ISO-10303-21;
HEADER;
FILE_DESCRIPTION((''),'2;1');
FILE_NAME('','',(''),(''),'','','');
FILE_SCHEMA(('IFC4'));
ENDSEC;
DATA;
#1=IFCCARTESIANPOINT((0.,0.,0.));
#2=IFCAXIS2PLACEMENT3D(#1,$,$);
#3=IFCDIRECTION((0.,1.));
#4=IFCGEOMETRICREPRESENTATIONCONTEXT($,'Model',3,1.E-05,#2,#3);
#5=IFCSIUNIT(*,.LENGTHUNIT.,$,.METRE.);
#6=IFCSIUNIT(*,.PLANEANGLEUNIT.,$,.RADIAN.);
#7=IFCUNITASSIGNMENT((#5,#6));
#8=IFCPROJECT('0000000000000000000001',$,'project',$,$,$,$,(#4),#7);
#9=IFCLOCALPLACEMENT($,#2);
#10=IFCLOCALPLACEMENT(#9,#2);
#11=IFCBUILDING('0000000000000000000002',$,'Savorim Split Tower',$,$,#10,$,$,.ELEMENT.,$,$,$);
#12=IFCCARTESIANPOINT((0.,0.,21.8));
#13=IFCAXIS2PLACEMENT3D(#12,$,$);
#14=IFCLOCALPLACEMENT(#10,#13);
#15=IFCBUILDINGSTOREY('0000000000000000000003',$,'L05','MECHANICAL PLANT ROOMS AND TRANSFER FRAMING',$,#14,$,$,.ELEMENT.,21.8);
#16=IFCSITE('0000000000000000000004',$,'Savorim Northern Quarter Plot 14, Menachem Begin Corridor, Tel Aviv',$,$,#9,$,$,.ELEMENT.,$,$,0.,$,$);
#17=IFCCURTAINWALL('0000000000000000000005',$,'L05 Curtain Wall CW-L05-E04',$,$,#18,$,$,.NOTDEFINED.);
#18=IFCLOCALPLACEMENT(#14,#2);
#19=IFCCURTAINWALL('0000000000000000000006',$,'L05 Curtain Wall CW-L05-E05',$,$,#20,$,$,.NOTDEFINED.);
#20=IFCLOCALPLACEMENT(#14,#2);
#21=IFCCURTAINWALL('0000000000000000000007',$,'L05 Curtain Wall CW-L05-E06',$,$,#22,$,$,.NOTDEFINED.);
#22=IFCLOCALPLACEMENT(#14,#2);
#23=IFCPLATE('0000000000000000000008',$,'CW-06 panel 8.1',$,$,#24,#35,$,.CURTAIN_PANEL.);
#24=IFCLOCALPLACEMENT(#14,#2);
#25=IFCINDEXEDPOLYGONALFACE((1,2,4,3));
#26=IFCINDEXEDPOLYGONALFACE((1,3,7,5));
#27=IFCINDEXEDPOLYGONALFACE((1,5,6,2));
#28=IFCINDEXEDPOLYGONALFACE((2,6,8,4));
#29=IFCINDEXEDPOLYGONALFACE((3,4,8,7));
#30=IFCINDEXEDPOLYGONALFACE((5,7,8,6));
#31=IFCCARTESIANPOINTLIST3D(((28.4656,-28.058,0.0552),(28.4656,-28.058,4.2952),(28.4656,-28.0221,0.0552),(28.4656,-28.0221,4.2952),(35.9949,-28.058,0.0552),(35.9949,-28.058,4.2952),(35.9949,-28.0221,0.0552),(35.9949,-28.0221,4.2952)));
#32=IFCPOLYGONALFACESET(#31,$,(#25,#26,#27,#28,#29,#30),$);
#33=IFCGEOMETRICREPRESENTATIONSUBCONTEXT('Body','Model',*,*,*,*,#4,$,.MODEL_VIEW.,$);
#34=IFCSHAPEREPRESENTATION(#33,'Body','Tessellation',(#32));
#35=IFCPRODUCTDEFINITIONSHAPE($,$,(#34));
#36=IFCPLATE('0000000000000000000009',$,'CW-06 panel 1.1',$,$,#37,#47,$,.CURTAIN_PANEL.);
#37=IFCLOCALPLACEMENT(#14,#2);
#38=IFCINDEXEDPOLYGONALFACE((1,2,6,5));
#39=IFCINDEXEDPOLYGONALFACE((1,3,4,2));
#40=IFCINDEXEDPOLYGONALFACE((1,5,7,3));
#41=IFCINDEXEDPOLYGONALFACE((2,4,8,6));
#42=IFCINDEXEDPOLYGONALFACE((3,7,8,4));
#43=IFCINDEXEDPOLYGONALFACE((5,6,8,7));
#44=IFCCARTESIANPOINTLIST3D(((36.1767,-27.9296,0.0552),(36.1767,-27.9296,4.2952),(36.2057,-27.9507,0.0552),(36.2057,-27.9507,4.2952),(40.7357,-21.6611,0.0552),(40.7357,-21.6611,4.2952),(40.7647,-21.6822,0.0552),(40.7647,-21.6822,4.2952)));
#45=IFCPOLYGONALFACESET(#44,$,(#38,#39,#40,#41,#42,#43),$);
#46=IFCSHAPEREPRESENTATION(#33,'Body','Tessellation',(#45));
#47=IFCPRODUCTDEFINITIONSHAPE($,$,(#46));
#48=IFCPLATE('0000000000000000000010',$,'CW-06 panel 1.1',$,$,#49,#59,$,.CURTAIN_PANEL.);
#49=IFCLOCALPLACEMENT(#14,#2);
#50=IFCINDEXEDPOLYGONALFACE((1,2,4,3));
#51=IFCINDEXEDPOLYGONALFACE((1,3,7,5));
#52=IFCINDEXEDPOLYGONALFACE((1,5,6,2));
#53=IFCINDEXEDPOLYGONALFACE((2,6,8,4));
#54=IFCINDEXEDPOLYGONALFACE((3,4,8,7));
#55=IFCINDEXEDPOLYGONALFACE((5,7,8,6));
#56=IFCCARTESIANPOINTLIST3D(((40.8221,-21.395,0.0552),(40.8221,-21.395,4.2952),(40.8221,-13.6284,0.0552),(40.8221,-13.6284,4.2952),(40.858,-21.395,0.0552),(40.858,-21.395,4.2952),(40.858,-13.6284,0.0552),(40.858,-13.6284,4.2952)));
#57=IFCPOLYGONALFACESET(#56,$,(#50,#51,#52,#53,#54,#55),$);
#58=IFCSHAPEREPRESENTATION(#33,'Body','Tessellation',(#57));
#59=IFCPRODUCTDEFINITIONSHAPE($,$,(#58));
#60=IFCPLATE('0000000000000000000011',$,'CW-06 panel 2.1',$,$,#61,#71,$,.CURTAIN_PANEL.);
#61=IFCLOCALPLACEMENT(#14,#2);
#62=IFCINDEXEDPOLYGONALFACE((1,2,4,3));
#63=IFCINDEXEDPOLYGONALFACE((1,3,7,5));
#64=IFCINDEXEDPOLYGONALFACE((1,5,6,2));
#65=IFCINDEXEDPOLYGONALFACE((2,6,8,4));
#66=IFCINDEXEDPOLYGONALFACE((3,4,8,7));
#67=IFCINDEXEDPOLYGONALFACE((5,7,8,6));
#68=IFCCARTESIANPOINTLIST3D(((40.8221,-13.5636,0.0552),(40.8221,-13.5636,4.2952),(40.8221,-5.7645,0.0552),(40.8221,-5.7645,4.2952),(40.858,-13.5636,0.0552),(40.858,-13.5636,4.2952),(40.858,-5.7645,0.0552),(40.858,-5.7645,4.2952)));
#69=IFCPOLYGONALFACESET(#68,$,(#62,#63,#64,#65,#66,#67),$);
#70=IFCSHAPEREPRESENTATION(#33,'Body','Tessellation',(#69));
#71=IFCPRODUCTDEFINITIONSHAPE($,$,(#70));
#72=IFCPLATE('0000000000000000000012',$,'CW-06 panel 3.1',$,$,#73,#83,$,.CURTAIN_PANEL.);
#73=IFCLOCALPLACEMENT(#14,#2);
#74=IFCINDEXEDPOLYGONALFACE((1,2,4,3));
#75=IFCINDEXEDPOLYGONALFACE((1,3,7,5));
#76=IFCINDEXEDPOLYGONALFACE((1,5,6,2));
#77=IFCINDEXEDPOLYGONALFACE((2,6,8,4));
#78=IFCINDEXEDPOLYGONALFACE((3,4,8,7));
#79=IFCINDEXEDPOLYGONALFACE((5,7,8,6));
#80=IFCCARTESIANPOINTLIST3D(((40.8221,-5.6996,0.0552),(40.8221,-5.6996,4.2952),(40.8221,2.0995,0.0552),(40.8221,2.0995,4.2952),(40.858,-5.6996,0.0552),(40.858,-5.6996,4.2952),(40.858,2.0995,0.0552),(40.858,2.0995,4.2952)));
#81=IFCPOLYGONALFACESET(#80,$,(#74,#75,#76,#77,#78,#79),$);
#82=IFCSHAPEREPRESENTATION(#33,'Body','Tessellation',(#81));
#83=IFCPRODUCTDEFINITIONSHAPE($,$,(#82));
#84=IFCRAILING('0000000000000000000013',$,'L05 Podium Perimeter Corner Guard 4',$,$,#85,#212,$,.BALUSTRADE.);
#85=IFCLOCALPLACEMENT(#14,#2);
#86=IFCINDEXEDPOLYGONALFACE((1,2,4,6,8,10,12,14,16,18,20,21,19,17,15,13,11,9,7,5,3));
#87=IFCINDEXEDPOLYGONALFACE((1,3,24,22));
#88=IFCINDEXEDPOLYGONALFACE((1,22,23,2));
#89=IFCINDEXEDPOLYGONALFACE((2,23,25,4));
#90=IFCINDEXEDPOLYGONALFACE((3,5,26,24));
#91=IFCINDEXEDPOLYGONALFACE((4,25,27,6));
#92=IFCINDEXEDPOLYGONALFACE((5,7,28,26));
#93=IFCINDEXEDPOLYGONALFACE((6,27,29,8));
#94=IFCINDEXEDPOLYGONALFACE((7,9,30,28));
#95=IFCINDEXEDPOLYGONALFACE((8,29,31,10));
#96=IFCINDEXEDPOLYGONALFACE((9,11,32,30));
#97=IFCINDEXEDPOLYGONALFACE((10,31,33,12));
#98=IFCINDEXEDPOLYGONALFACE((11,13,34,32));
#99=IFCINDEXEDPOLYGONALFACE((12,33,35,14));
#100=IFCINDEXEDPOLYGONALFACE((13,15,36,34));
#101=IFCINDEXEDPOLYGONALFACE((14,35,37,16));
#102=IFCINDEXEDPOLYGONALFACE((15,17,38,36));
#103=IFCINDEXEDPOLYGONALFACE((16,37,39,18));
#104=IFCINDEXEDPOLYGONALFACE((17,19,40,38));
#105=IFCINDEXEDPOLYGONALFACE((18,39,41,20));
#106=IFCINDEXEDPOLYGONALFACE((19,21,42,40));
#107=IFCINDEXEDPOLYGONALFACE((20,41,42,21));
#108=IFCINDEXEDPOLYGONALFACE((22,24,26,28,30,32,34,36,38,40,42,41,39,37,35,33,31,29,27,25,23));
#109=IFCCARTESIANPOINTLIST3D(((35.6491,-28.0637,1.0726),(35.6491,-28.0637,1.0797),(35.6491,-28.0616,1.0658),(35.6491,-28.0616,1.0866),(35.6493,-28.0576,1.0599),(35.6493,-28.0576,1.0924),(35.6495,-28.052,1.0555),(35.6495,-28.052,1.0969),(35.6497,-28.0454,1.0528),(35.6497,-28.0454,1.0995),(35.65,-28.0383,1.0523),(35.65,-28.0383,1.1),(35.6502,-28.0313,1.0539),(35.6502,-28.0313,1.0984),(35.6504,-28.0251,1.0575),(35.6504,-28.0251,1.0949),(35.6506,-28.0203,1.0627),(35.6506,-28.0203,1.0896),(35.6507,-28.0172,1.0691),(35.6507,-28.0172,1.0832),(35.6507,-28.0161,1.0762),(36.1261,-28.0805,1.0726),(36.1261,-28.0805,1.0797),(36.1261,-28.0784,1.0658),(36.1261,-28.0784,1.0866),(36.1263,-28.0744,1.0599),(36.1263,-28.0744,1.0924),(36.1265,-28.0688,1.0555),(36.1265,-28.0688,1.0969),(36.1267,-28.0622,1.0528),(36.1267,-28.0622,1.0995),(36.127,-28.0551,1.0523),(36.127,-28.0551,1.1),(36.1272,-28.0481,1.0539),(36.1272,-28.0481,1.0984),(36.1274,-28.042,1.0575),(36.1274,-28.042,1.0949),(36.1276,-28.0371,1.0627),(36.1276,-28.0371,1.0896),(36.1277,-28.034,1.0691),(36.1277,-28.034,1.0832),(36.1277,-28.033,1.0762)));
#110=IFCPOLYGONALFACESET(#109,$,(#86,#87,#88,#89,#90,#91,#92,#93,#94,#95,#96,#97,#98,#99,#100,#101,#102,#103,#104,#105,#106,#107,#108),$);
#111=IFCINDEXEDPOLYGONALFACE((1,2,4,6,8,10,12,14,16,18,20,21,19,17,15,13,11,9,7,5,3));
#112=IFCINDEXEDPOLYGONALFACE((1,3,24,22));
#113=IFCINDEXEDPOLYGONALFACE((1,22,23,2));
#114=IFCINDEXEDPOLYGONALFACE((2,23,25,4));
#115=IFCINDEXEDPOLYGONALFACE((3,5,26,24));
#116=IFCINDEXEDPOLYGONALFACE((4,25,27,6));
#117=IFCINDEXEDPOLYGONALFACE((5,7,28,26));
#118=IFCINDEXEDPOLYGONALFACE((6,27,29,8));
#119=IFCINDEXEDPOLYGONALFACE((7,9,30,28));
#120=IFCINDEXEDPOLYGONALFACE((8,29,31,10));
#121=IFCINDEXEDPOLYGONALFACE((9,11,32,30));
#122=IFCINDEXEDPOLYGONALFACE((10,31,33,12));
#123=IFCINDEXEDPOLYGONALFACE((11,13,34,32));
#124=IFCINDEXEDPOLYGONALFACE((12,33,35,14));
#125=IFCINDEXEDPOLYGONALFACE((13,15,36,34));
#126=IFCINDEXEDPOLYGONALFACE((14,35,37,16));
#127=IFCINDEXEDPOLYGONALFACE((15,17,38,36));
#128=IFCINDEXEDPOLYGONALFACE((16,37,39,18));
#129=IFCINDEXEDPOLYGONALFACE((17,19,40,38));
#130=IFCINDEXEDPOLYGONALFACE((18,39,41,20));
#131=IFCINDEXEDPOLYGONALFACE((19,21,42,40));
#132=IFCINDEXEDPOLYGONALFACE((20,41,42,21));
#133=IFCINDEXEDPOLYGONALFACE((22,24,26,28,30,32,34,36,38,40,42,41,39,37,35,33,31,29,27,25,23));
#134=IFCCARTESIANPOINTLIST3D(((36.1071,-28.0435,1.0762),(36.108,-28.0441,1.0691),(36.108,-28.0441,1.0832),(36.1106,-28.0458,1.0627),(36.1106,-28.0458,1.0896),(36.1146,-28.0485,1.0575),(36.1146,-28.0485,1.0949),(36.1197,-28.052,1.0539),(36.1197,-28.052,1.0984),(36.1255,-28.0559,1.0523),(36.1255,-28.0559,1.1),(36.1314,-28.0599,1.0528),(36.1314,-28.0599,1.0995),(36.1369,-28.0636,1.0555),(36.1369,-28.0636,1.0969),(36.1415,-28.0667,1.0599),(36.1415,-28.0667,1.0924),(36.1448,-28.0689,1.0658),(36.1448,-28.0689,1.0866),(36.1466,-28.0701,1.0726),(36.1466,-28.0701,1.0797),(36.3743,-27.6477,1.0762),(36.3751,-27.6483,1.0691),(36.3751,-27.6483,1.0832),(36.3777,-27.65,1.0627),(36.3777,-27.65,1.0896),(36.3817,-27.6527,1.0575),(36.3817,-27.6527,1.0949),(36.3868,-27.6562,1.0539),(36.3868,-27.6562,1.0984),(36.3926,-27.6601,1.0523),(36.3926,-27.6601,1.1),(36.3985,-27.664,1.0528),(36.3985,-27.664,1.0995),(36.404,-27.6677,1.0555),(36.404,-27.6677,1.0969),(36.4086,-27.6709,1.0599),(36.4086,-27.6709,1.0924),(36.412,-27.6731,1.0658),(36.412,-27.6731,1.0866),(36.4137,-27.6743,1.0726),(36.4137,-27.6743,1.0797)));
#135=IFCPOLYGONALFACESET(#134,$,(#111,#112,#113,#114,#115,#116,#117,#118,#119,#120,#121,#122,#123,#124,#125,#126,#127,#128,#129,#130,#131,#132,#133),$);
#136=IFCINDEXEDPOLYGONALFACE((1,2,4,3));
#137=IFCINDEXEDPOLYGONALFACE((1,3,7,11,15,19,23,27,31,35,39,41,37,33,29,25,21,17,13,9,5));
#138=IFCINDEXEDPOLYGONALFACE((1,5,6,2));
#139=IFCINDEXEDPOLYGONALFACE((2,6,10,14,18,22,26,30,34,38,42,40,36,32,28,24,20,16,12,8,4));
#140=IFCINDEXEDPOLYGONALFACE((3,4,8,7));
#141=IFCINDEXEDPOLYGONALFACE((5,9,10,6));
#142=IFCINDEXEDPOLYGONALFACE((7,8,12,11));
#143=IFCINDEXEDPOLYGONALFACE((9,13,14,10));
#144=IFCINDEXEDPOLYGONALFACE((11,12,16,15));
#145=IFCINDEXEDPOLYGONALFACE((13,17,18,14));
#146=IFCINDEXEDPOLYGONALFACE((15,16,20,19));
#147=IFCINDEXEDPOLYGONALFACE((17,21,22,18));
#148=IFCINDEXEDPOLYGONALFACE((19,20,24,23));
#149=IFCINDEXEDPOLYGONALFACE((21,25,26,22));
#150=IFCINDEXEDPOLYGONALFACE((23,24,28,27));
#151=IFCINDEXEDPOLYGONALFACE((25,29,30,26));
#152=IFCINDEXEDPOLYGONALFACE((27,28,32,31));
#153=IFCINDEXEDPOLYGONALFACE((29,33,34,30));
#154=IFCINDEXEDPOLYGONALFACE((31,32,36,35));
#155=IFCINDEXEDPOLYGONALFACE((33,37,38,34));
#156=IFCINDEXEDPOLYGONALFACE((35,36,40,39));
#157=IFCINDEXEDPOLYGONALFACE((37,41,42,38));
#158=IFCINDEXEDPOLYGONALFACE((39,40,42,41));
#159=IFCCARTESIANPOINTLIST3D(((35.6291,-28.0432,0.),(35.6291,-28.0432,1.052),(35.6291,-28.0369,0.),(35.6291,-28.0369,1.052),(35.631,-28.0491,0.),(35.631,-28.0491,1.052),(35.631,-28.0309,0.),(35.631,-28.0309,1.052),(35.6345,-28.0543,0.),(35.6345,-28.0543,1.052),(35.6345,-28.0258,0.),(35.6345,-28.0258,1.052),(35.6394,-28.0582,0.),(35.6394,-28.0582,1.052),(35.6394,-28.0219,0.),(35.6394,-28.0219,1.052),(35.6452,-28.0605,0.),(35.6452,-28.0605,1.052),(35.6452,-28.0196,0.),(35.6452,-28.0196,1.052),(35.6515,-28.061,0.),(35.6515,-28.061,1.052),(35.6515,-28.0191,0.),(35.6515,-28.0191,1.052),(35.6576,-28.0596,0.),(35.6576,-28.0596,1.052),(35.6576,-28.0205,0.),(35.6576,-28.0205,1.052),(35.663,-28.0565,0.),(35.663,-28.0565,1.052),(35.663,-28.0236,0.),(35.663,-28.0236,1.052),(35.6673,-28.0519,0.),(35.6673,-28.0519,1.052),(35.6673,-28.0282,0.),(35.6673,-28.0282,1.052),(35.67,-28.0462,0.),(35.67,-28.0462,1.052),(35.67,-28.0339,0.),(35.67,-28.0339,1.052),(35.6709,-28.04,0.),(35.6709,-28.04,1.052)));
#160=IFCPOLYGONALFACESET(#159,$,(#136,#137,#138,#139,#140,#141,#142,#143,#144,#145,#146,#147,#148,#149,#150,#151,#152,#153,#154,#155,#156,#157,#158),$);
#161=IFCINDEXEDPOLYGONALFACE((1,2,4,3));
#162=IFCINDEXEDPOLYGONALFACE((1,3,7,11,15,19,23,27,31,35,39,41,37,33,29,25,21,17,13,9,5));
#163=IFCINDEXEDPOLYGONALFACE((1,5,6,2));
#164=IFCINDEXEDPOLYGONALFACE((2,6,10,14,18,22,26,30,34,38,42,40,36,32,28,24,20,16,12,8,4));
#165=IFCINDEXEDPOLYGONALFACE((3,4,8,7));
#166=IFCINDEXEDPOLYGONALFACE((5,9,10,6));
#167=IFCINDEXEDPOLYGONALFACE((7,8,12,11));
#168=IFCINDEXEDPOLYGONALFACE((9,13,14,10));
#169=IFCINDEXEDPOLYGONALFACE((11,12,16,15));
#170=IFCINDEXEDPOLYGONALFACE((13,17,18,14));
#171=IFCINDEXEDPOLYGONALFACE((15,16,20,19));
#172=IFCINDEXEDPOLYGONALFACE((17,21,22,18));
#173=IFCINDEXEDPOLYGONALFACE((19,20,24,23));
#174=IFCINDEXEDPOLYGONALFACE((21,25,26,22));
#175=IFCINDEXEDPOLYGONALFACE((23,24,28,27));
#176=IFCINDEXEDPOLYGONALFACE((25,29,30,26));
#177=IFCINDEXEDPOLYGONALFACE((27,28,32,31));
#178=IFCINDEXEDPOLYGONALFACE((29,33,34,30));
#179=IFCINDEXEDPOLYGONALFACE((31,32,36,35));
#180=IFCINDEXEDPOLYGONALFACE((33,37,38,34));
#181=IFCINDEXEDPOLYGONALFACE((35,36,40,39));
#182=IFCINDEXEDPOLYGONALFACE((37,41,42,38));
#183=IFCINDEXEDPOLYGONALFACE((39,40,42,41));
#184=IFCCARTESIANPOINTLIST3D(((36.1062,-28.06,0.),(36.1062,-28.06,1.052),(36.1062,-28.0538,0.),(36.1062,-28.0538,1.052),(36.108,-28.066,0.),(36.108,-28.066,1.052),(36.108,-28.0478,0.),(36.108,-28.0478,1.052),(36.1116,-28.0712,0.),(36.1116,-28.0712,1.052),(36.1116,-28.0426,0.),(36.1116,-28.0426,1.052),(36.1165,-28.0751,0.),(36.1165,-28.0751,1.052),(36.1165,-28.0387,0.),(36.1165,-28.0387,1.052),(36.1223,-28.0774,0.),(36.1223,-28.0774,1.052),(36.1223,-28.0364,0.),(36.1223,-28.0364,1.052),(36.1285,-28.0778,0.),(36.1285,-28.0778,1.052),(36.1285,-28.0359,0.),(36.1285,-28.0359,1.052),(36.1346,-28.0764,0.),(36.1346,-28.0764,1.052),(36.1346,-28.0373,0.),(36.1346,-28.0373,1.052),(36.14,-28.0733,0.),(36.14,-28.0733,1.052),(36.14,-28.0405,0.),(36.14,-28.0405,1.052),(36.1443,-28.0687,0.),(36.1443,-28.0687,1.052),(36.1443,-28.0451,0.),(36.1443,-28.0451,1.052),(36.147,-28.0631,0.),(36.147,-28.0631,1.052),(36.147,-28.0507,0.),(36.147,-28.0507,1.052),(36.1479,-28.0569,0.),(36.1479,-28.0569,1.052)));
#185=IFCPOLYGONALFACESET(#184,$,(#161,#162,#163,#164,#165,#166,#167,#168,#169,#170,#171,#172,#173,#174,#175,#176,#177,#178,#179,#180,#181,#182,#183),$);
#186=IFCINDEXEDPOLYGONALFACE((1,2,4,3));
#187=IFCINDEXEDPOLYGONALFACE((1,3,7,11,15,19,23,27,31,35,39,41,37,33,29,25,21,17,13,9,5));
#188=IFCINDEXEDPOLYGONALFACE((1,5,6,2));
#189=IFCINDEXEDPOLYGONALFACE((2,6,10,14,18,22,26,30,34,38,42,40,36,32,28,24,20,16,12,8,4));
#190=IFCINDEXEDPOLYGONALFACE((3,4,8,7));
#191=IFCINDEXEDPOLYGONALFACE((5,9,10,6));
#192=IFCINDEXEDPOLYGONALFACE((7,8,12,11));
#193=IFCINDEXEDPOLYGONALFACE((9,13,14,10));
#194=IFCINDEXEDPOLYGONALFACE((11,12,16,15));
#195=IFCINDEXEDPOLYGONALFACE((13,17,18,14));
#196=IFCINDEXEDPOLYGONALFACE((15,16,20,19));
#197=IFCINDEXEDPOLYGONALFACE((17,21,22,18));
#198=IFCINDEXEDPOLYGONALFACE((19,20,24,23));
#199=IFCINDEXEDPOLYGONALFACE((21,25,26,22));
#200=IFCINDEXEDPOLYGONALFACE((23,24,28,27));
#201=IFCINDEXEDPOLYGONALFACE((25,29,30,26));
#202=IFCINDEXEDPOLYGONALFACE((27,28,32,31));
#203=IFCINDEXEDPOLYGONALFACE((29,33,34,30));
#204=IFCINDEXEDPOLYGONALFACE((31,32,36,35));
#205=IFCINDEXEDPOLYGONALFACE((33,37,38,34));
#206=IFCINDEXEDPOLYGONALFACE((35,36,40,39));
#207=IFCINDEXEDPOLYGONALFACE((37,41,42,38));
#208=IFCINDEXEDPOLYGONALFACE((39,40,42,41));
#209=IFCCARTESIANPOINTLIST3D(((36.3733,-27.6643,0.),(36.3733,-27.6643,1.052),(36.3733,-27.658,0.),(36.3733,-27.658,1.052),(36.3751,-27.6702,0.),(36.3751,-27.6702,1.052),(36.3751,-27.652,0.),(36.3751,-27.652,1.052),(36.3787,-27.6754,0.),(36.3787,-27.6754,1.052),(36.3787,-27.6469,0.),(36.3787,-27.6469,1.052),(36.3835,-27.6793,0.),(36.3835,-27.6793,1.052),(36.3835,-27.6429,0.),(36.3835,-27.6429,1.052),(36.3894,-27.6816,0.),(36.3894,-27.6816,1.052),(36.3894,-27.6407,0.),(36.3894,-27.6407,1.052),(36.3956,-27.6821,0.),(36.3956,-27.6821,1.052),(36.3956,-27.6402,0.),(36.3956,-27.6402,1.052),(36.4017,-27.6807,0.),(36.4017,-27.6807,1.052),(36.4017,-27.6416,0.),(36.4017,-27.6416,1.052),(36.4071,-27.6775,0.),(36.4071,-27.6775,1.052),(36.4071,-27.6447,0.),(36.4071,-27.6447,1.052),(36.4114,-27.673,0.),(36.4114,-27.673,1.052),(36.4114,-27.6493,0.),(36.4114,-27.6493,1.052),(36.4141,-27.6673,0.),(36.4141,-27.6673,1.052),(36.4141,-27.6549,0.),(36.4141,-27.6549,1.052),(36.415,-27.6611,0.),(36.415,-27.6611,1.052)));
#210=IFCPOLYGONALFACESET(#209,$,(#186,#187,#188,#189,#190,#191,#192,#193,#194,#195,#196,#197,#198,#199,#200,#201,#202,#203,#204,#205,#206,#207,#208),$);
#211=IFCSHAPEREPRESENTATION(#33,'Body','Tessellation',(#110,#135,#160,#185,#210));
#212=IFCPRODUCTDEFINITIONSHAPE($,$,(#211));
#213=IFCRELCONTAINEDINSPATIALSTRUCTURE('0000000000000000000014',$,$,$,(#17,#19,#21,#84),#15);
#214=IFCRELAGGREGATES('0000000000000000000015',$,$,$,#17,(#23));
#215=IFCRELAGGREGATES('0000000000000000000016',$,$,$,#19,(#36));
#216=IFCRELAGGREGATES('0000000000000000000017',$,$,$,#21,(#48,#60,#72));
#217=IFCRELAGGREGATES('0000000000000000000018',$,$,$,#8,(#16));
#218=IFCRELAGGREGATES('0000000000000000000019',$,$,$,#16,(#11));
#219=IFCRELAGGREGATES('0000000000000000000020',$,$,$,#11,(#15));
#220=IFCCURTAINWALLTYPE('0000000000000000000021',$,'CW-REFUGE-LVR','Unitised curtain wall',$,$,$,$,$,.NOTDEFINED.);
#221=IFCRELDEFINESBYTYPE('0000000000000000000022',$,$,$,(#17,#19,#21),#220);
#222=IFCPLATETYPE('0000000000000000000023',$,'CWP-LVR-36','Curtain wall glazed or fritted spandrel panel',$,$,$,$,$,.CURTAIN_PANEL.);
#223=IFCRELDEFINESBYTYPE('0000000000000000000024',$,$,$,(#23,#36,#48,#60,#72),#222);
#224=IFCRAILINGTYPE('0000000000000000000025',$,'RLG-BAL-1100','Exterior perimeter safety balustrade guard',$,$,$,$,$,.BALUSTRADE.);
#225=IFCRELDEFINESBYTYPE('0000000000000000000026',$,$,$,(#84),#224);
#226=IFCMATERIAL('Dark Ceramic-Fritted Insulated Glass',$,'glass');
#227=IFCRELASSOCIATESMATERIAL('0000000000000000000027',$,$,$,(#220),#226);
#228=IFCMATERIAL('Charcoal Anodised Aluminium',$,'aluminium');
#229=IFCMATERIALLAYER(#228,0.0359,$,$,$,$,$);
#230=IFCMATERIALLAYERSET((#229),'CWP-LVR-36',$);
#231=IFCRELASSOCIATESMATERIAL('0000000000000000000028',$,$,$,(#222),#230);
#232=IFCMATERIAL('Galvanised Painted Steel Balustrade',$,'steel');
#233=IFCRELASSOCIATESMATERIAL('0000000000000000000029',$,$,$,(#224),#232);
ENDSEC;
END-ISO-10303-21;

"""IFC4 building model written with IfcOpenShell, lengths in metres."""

from ifc_helpers import new_model, si_unit, direction, frame, origin, origin_2d, place, context, subcontext, project, spatial, rectangle, circle, extrude, material, layer, layer_set, type_object, element, aggregate, save


model = new_model("IFC4")

# Units and contexts
model_context = context("Model", 3, precision=1e-05, world=origin(), true_north=direction((0.0, 1.0)))
body_context = subcontext(model_context, "Body", "Model", "MODEL_VIEW")
ifc_project = project(units=[si_unit("LENGTHUNIT", "METRE"), si_unit("PLANEANGLEUNIT", "RADIAN")], contexts=[model_context])

# Site, building, storey
site_placement = place(None, origin())
site = spatial("IfcSite", under=ifc_project, at=site_placement, Name="Savorim Northern Quarter Plot 14, Menachem Begin Corridor, Tel Aviv", CompositionType="ELEMENT", RefElevation=0.0)
building_placement = place(site_placement, origin())
building = spatial("IfcBuilding", under=site, at=building_placement, Name="Savorim Split Tower", CompositionType="ELEMENT")
storey_placement = place(building_placement, frame((0.0, 0.0, 21.8)))
storey = spatial("IfcBuildingStorey", under=building, at=storey_placement, Name="L05", Description="MECHANICAL PLANT ROOMS AND TRANSFER FRAMING", CompositionType="ELEMENT", Elevation=21.8)

# Curtain wall
ifc_material_1 = material(Name="Dark Ceramic-Fritted Insulated Glass", Category="glass")
curtain_wall_type = type_object("IfcCurtainWallType", Name="CW-REFUGE-LVR", Description="Unitised curtain wall", PredefinedType="NOTDEFINED", material=ifc_material_1)
curtain_wall_1_placement = place(storey_placement, origin())
curtain_wall_1 = element("IfcCurtainWall", 1, at=curtain_wall_1_placement, inside=storey, type_object=curtain_wall_type, Name="L05 Curtain Wall CW-L05-E04", PredefinedType="NOTDEFINED")
ifc_material_2 = material(Name="Charcoal Anodised Aluminium", Category="aluminium")

# Curtain walls
curtain_wall_2_placement = place(storey_placement, origin())
curtain_wall_2 = element("IfcCurtainWall", 2, at=curtain_wall_2_placement, inside=storey, type_object=curtain_wall_type, Name="L05 Curtain Wall CW-L05-E05", PredefinedType="NOTDEFINED")
curtain_wall_3_placement = place(storey_placement, origin())
curtain_wall_3 = element("IfcCurtainWall", 3, at=curtain_wall_3_placement, inside=storey, type_object=curtain_wall_type, Name="L05 Curtain Wall CW-L05-E06", PredefinedType="NOTDEFINED")

# Plates
ifc_layer = layer(ifc_material_2, 0.0359)
ifc_layer_set = layer_set([ifc_layer], Name="CWP-LVR-36")
plate_type = type_object("IfcPlateType", Name="CWP-LVR-36", Description="Curtain wall glazed or fritted spandrel panel", PredefinedType="CURTAIN_PANEL", material=ifc_layer_set)
plate_1_placement = place(storey_placement, frame((32.2302, -28.04, 0.0552), z_axis=(0.0, 0.0, 1.0), x_axis=(1.0, 0.0, 0.0)))
plate_1 = element("IfcPlate", 4, at=plate_1_placement, type_object=plate_type, Name="CW-06 panel 8.1", PredefinedType="CURTAIN_PANEL", context=body_context, shape_type="SweptSolid", body=[
    extrude(rectangle(XDim=7.5293, YDim=0.0359, at=origin_2d()), origin(), (0.0, 0.0, 1.0), 4.24),
])
aggregate(curtain_wall_1, [plate_1])
plate_2_placement = place(storey_placement, frame((38.4707, -24.8059, 0.0552), z_axis=(0.0, 0.0, 1.0), x_axis=(0.588176, 0.808733, 0.0)))
plate_2 = element("IfcPlate", 5, at=plate_2_placement, type_object=plate_type, Name="CW-06 panel 1.1", PredefinedType="CURTAIN_PANEL", context=body_context, shape_type="SweptSolid", body=[
    extrude(rectangle(XDim=7.751, YDim=0.0359, at=origin_2d()), origin(), (0.0, 0.0, 1.0), 4.24),
])
aggregate(curtain_wall_2, [plate_2])
plate_3_placement = place(storey_placement, frame((40.8401, -17.5117, 0.0552), z_axis=(0.0, 0.0, 1.0), x_axis=(0.0, 1.0, 0.0)))
plate_3 = element("IfcPlate", 6, at=plate_3_placement, type_object=plate_type, Name="CW-06 panel 1.1", PredefinedType="CURTAIN_PANEL", context=body_context, shape_type="SweptSolid", body=[
    extrude(rectangle(XDim=7.7666, YDim=0.0359, at=origin_2d()), origin(), (0.0, 0.0, 1.0), 4.24),
])
plate_4_placement = place(storey_placement, frame((40.8401, -9.6641, 0.0552), z_axis=(0.0, 0.0, 1.0), x_axis=(0.0, 1.0, 0.0)))
plate_4 = element("IfcPlate", 7, at=plate_4_placement, type_object=plate_type, Name="CW-06 panel 2.1", PredefinedType="CURTAIN_PANEL", context=body_context, shape_type="SweptSolid", body=[
    extrude(rectangle(XDim=7.7991, YDim=0.0359, at=origin_2d()), origin(), (0.0, 0.0, 1.0), 4.24),
])
plate_5_placement = place(storey_placement, frame((40.8401, -1.8, 0.0552), z_axis=(0.0, 0.0, 1.0), x_axis=(0.0, 1.0, 0.0)))
plate_5 = element("IfcPlate", 8, at=plate_5_placement, type_object=plate_type, Name="CW-06 panel 3.1", PredefinedType="CURTAIN_PANEL", context=body_context, shape_type="SweptSolid", body=[
    extrude(rectangle(XDim=7.7991, YDim=0.0359, at=origin_2d()), origin(), (0.0, 0.0, 1.0), 4.24),
])
aggregate(curtain_wall_3, [plate_3, plate_4, plate_5])

# Railing
ifc_material_3 = material(Name="Galvanised Painted Steel Balustrade", Category="steel")
railing_type = type_object("IfcRailingType", Name="RLG-BAL-1100", Description="Exterior perimeter safety balustrade guard", PredefinedType="BALUSTRADE", material=ifc_material_3)
railing_1_placement = place(storey_placement, frame((35.6499, -28.04, 0.0)))
element("IfcRailing", 9, at=railing_1_placement, inside=storey, type_object=railing_type, Name="L05 Podium Perimeter Corner Guard 4", PredefinedType="BALUSTRADE", context=body_context, shape_type="SweptSolid", body=[
    extrude(circle(Radius=0.0239, at=origin_2d()), frame((0.0, 0.0, 1.0762), z_axis=(0.999377, -0.03529, 0.0), x_axis=(0.03529, 0.999377, 0.0)), (0.0, 0.0, 1.0), 0.4773),
    extrude(circle(Radius=0.0239, at=origin_2d()), frame((0.4771, -0.0168, 1.0762), z_axis=(0.559411, 0.82889, 0.0), x_axis=(-0.82889, 0.559411, 0.0)), (0.0, 0.0, 1.0), 0.4775),
    extrude(circle(Radius=0.021, at=origin_2d()), origin(), (0.0, 0.0, 1.0), 1.052),
    extrude(circle(Radius=0.021, at=origin_2d()), frame((0.4771, -0.0168, 0.0)), (0.0, 0.0, 1.0), 1.052),
    extrude(circle(Radius=0.021, at=origin_2d()), frame((0.7441, 0.3789, 0.0)), (0.0, 0.0, 1.0), 1.052),
])

save(model, "model.ifc")
